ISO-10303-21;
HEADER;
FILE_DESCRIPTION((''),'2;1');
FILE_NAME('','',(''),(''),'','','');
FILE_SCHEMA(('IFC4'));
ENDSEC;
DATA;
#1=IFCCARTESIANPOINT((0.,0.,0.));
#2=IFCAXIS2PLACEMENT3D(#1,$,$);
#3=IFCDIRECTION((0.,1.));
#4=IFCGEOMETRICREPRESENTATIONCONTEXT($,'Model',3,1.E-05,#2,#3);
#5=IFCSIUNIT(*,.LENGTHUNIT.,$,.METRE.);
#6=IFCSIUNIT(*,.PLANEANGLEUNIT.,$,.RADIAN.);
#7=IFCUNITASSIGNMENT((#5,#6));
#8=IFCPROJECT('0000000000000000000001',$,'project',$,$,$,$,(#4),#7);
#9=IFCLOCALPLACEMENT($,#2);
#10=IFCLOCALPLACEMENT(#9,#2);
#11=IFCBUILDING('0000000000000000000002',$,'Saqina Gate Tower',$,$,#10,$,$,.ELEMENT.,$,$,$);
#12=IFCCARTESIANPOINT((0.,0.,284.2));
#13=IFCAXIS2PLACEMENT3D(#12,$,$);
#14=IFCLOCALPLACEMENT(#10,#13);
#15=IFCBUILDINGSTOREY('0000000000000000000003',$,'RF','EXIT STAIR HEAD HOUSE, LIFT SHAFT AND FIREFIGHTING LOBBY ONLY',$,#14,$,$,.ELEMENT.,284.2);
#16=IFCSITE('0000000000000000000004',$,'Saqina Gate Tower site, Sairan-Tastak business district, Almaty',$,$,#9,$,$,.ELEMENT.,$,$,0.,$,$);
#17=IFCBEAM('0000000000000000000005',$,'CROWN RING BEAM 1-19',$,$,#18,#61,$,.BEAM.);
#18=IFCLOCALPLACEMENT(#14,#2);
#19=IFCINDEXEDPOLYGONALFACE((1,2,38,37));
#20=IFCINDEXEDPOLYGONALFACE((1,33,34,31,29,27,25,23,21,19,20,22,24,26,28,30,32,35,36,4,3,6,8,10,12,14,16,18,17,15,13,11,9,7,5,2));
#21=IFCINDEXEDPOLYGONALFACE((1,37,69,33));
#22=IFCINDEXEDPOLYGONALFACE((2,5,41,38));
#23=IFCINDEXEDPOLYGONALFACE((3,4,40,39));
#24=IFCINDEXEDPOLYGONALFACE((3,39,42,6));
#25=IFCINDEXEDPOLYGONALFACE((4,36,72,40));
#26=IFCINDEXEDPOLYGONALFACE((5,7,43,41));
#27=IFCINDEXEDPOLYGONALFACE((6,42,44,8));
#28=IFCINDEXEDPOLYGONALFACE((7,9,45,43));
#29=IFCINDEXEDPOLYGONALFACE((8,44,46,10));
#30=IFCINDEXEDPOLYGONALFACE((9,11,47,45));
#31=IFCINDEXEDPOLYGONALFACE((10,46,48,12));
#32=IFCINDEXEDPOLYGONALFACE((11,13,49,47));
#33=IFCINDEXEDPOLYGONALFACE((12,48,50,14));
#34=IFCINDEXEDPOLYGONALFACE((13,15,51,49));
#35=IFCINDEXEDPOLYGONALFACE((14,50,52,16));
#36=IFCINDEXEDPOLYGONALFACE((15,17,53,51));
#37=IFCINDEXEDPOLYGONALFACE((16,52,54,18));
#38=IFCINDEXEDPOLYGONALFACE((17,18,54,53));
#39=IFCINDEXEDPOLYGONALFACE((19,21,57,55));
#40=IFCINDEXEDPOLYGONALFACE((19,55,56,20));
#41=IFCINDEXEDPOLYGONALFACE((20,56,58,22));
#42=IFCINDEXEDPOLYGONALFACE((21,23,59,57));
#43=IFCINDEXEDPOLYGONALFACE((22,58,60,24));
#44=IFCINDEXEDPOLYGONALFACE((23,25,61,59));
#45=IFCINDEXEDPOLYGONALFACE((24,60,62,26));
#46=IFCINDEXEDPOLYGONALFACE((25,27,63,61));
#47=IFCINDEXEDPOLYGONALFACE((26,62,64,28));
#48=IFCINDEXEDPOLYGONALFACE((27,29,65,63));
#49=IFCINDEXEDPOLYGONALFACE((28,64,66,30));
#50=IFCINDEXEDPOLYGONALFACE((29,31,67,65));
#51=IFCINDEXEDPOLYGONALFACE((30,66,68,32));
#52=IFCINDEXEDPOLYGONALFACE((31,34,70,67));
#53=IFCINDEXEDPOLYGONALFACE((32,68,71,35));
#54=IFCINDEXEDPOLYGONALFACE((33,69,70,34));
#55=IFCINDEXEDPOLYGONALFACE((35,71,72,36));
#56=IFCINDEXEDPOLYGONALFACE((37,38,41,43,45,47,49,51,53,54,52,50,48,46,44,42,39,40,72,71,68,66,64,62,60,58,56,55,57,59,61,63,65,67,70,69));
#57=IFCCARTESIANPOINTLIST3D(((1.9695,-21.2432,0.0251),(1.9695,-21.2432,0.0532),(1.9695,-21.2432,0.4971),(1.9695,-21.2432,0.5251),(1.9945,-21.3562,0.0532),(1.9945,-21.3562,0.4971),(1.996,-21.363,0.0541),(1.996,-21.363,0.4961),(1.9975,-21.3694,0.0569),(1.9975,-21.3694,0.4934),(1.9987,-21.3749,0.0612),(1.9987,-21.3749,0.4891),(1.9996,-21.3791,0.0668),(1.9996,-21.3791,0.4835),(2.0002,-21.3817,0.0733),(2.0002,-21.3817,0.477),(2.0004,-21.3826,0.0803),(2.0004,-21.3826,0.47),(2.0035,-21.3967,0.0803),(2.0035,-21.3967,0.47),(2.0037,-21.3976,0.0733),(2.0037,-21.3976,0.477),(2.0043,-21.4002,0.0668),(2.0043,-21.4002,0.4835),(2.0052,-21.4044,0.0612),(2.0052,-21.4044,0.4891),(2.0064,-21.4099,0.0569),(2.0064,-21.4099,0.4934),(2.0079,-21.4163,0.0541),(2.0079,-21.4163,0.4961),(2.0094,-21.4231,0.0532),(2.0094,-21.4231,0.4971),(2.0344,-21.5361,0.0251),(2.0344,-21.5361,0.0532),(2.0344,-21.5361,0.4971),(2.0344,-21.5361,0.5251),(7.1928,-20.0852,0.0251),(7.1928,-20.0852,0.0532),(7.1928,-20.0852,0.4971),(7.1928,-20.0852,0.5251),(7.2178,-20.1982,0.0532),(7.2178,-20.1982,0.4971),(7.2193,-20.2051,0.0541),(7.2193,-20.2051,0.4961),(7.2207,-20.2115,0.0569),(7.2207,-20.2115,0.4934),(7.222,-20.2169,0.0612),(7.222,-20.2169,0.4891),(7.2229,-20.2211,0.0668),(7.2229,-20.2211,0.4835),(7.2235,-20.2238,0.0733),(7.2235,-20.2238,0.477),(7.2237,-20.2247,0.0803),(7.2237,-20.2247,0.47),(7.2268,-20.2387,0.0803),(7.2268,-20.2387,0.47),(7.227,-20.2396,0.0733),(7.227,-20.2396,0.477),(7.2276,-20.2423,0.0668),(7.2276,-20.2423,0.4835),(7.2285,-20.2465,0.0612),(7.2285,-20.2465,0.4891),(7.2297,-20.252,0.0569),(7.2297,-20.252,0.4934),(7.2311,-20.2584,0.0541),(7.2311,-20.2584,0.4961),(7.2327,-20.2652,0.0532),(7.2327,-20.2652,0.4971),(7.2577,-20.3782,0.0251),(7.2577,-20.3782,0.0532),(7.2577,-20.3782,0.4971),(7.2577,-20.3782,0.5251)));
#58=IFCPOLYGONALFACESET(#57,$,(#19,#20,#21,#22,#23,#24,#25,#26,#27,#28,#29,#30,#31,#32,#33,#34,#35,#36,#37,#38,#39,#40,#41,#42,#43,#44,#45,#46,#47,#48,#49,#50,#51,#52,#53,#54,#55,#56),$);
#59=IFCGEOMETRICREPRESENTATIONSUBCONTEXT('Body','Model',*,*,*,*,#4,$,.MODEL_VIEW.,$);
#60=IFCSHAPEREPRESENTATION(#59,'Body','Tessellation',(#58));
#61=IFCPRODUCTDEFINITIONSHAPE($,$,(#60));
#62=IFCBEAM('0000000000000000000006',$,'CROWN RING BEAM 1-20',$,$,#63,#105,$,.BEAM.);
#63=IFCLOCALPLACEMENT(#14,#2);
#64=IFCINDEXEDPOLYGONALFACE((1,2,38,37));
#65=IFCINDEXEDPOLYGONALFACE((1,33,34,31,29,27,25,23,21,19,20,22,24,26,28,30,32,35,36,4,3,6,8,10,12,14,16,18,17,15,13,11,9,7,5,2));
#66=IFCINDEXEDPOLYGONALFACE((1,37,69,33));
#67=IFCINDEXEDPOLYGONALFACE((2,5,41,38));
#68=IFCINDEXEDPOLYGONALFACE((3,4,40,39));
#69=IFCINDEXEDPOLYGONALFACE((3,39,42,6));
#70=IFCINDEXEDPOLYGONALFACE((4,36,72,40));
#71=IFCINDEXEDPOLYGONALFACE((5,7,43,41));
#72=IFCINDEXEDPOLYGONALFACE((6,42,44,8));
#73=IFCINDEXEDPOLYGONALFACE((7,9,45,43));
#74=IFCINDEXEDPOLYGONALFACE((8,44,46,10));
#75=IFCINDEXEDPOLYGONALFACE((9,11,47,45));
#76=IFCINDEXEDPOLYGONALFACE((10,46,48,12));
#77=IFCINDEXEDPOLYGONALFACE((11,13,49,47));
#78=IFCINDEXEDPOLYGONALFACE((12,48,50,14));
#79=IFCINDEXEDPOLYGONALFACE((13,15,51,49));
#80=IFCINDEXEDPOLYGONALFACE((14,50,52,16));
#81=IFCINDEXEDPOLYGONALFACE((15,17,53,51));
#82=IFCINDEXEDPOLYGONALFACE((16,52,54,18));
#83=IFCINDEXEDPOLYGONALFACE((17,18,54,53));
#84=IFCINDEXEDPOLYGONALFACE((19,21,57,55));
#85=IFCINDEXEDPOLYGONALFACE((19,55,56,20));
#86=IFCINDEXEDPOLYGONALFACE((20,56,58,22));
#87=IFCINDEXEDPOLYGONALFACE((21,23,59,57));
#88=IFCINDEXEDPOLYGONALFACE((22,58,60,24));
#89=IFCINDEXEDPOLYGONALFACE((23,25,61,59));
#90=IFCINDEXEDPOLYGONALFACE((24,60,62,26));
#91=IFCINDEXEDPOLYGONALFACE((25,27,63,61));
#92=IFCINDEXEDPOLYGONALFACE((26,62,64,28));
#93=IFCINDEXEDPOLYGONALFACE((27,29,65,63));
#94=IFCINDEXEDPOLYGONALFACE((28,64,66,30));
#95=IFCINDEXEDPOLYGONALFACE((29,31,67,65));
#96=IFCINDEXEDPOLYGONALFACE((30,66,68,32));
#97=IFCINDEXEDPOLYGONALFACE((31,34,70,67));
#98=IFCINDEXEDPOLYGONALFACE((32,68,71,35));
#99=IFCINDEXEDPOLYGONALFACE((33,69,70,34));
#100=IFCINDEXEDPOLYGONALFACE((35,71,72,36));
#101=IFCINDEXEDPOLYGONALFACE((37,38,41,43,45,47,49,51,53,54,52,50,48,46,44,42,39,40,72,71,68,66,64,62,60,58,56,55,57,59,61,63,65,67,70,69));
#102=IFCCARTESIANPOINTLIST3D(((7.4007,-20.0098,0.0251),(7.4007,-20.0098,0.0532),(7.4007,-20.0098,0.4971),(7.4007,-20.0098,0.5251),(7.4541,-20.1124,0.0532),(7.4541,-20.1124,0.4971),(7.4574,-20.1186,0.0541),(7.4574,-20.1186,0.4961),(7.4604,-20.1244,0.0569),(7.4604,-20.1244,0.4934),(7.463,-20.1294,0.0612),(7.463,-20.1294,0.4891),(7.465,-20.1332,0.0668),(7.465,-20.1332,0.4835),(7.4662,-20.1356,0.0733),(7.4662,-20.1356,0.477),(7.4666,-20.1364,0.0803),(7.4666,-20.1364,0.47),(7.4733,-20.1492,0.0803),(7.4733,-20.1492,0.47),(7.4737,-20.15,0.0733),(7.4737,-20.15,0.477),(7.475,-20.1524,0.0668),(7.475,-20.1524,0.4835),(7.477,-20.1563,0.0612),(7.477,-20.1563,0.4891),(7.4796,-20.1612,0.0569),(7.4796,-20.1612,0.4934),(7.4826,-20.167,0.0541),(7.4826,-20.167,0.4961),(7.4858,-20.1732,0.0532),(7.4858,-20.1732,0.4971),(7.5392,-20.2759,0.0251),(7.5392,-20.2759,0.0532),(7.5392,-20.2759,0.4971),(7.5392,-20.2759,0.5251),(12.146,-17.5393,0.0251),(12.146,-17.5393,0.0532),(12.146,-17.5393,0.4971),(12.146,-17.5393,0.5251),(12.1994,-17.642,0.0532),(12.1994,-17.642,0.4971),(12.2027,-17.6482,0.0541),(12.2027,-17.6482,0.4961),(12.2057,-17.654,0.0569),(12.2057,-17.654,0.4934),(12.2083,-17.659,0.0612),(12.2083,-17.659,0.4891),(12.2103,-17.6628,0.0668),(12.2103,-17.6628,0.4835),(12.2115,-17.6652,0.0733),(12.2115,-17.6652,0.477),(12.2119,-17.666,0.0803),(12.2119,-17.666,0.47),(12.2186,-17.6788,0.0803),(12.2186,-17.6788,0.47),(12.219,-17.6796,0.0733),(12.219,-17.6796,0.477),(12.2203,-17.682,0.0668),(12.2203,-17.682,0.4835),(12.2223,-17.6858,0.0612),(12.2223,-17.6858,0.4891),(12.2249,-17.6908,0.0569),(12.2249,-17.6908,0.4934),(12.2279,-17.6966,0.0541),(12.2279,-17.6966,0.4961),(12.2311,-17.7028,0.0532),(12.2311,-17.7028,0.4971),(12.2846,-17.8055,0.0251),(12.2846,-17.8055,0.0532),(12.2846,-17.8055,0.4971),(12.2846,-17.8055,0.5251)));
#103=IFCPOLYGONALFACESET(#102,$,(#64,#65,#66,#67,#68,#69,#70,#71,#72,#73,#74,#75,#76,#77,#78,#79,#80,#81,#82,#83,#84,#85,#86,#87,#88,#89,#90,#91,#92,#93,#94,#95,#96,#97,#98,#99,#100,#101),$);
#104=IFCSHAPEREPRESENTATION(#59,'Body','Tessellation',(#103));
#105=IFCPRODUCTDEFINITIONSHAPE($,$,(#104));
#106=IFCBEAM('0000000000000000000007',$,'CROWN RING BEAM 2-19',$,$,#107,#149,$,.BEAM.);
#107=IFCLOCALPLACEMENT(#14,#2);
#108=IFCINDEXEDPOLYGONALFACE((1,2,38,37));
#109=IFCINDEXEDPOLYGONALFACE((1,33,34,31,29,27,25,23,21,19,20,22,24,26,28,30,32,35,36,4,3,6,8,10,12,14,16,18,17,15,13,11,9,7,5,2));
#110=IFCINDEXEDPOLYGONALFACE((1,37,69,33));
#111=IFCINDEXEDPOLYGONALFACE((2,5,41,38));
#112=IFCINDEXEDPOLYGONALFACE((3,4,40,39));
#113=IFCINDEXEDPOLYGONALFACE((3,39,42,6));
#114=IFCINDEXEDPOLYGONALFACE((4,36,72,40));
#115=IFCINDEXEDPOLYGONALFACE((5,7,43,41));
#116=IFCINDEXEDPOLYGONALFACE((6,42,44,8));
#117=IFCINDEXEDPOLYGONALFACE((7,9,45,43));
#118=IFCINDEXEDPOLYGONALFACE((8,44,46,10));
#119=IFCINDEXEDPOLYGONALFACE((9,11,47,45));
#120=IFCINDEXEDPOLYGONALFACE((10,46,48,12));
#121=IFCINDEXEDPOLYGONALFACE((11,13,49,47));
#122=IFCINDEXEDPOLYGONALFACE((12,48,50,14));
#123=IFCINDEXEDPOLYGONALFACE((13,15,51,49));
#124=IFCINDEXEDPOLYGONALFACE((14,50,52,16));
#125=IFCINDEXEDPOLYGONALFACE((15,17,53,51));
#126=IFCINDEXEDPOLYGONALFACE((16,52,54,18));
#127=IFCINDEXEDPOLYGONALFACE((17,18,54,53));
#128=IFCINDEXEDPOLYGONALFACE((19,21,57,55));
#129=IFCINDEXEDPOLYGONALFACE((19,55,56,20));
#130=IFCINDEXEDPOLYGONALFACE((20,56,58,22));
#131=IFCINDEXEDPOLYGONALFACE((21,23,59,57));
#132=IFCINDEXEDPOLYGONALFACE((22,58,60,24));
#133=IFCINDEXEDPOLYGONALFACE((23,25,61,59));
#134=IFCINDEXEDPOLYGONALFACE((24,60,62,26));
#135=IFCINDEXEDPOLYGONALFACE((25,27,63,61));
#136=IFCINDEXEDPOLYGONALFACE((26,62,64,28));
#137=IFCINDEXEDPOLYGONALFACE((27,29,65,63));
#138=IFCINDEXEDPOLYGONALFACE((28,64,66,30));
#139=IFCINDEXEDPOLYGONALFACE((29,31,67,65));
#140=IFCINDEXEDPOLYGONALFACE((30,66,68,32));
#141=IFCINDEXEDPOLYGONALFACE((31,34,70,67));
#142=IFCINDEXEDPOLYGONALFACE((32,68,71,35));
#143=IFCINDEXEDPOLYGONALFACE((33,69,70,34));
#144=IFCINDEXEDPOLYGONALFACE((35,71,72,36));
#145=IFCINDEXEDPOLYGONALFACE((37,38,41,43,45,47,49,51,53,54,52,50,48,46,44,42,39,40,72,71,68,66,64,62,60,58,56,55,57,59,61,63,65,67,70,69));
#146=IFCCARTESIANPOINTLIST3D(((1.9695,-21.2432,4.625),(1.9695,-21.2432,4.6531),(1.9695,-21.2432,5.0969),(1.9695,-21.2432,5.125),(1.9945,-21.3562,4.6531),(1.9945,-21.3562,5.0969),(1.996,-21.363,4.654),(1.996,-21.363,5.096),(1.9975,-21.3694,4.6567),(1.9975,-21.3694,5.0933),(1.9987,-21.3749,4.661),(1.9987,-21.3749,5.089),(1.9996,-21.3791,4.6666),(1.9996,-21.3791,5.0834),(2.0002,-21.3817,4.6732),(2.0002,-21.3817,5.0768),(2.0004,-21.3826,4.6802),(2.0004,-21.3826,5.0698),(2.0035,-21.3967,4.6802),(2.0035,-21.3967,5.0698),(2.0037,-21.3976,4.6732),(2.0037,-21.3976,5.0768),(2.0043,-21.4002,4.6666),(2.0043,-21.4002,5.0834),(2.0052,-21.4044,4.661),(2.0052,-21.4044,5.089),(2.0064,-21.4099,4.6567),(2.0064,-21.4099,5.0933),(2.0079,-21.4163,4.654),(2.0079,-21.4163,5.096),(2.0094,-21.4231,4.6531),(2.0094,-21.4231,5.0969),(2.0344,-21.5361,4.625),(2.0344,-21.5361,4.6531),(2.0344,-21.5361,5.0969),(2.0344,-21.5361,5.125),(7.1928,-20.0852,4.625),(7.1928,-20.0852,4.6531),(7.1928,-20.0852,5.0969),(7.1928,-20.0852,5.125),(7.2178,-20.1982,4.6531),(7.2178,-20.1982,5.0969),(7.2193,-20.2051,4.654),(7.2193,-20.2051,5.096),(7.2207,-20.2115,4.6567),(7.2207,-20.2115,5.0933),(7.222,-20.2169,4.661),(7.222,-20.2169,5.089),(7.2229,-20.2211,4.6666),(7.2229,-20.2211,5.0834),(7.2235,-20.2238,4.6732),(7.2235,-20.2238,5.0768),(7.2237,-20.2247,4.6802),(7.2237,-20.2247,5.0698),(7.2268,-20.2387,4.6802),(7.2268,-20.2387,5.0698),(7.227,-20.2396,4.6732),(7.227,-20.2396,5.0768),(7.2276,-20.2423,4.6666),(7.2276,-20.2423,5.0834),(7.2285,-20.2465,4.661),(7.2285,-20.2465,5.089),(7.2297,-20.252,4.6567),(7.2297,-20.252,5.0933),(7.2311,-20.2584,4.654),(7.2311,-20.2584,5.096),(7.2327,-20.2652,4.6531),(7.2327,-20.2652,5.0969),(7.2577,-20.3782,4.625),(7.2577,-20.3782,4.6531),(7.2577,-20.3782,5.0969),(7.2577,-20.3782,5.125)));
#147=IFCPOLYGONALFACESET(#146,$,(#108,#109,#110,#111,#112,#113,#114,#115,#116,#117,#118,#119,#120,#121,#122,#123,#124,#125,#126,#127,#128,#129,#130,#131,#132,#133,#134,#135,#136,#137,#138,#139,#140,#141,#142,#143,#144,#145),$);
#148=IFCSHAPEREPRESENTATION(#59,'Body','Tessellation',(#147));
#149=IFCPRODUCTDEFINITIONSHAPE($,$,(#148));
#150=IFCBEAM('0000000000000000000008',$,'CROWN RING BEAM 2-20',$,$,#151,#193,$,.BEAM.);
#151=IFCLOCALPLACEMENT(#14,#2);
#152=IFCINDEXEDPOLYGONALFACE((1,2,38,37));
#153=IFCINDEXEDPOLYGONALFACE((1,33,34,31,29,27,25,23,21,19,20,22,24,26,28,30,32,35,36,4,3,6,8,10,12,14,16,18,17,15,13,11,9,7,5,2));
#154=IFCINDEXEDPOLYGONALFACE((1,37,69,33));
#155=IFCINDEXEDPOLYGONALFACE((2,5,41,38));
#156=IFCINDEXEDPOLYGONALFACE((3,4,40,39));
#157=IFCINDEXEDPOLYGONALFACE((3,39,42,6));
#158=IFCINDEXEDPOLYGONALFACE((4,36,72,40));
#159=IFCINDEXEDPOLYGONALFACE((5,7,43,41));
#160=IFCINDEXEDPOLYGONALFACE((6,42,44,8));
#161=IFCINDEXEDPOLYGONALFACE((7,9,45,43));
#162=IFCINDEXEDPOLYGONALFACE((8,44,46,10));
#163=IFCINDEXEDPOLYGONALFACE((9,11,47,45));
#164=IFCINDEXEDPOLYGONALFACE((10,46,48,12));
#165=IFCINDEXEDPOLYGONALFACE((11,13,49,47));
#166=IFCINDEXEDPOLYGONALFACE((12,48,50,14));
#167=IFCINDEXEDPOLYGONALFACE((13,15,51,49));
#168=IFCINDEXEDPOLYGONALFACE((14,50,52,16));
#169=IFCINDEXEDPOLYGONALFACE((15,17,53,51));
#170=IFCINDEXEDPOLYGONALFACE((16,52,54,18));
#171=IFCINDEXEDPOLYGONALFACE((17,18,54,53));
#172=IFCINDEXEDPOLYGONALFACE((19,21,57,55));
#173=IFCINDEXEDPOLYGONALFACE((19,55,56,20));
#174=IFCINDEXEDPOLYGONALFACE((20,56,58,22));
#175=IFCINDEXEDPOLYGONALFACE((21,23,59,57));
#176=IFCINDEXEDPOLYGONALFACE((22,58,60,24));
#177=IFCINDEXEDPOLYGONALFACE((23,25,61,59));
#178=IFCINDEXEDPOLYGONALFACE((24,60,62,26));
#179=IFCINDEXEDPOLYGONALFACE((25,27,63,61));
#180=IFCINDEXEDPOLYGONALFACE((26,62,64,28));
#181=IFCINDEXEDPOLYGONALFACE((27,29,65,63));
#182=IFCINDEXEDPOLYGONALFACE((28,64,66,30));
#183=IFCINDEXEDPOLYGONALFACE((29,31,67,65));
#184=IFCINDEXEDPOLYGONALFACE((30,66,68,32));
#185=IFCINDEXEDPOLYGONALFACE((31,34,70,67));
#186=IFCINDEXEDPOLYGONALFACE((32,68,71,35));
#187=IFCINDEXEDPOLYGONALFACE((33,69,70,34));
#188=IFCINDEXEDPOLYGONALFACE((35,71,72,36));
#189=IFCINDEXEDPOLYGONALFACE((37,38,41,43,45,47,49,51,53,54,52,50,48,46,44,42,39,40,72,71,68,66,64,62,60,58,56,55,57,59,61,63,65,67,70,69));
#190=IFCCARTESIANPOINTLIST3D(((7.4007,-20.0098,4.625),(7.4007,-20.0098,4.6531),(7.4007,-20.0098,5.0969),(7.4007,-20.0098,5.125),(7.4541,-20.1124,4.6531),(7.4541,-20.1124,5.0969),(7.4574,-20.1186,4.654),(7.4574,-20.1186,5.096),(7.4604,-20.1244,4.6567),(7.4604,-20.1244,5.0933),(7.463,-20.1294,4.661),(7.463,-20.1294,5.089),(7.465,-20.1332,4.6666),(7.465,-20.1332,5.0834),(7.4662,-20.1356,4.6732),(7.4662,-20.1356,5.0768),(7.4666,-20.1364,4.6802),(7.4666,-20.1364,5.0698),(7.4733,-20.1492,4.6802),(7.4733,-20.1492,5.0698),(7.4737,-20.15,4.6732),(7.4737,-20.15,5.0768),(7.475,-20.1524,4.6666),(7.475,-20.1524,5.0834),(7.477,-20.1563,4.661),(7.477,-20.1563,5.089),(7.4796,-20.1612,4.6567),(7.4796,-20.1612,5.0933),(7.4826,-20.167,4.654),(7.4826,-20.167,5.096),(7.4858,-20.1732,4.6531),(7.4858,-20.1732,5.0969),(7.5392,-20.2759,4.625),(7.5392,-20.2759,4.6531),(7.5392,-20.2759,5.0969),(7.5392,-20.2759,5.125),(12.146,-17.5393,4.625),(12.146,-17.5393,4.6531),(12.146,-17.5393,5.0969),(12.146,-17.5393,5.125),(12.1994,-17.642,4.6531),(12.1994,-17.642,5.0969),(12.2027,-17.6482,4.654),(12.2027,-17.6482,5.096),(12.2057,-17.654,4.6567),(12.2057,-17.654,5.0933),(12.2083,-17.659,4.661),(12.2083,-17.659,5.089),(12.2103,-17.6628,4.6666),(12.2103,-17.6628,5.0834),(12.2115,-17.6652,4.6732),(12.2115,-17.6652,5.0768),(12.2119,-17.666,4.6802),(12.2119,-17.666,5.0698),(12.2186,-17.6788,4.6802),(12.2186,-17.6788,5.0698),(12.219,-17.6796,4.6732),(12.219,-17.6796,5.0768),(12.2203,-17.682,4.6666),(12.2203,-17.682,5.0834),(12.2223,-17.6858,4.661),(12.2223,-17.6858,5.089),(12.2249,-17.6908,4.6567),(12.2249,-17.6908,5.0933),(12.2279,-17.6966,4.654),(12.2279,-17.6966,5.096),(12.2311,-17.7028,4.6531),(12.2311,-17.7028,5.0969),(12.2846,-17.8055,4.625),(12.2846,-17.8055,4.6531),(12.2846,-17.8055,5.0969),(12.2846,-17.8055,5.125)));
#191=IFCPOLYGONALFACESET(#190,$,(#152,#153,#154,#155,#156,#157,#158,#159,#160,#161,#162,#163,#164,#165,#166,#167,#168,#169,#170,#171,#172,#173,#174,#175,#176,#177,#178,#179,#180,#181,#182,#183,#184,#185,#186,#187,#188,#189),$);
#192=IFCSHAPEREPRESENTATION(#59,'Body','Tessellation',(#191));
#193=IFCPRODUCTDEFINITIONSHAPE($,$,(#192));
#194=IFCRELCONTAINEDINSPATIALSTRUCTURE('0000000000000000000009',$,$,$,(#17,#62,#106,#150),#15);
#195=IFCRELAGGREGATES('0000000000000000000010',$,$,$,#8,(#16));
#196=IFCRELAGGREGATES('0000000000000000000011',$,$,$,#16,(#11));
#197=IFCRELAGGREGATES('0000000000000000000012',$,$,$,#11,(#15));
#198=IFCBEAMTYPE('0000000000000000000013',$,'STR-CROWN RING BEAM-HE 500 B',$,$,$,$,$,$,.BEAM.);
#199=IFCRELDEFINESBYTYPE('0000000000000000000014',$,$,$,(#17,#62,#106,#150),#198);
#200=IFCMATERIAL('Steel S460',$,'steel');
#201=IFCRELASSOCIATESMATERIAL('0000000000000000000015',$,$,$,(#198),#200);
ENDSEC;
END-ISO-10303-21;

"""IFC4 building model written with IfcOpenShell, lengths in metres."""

from ifc_helpers import new_model, si_unit, direction, frame, origin, origin_2d, place, context, subcontext, project, spatial, i_section, extrude, material, material_profile, profile_set, type_object, element, save


model = new_model("IFC4")

# Units and contexts
model_context = context("Model", 3, precision=1e-05, world=origin(), true_north=direction((0.0, 1.0)))
body_context = subcontext(model_context, "Body", "Model", "MODEL_VIEW")
ifc_project = project(units=[si_unit("LENGTHUNIT", "METRE"), si_unit("PLANEANGLEUNIT", "RADIAN")], contexts=[model_context])

# Site, building, storey
site_placement = place(None, origin())
site = spatial("IfcSite", under=ifc_project, at=site_placement, Name="Saqina Gate Tower site, Sairan-Tastak business district, Almaty", CompositionType="ELEMENT", RefElevation=0.0)
building_placement = place(site_placement, origin())
building = spatial("IfcBuilding", under=site, at=building_placement, Name="Saqina Gate Tower", CompositionType="ELEMENT")
storey_placement = place(building_placement, frame((0.0, 0.0, 284.2)))
storey = spatial("IfcBuildingStorey", under=building, at=storey_placement, Name="RF", Description="EXIT STAIR HEAD HOUSE, LIFT SHAFT AND FIREFIGHTING LOBBY ONLY", CompositionType="ELEMENT", Elevation=284.2)

# Beams
ifc_material_1 = material(Name="Steel S460", Category="steel")
ifc_material_profile_1 = material_profile(ifc_material_1, i_section(OverallWidth=0.3, OverallDepth=0.5, WebThickness=0.0144, FlangeThickness=0.0281, FilletRadius=0.0271, at=origin_2d()), Name="HE 500 B")
ifc_profile_set_1 = profile_set([ifc_material_profile_1], Name="Steel S460")
beam_type_1 = type_object("IfcBeamType", Name="STR-CROWN RING BEAM-HE 500 B", PredefinedType="BEAM", material=ifc_profile_set_1)
beam_1_placement = place(storey_placement, frame((2.002, -21.3896, 0.2751), z_axis=(0.976298, 0.216433, 0.0), x_axis=(-0.216433, 0.976298, 0.0)))
element("IfcBeam", 1, at=beam_1_placement, inside=storey, type_object=beam_type_1, Name="CROWN RING BEAM 1-19", PredefinedType="BEAM", context=body_context, shape_type="SweptSolid", body=[
    extrude(i_section(OverallWidth=0.3, OverallDepth=0.5, WebThickness=0.0144, FlangeThickness=0.0281, FilletRadius=0.0271, at=origin_2d()), origin(), (0.0, 0.0, 1.0), 5.3501),
])
beam_2_placement = place(storey_placement, frame((7.47, -20.1428, 0.2751), z_axis=(0.886997, 0.461775, 0.0), x_axis=(-0.461775, 0.886997, 0.0)))
element("IfcBeam", 2, at=beam_2_placement, inside=storey, type_object=beam_type_1, Name="CROWN RING BEAM 1-20", PredefinedType="BEAM", context=body_context, shape_type="SweptSolid", body=[
    extrude(i_section(OverallWidth=0.3, OverallDepth=0.5, WebThickness=0.0144, FlangeThickness=0.0281, FilletRadius=0.0271, at=origin_2d()), origin(), (0.0, 0.0, 1.0), 5.3499),
])
beam_3_placement = place(storey_placement, frame((2.002, -21.3896, 4.875), z_axis=(0.976298, 0.216433, 0.0), x_axis=(-0.216433, 0.976298, 0.0)))
element("IfcBeam", 3, at=beam_3_placement, inside=storey, type_object=beam_type_1, Name="CROWN RING BEAM 2-19", PredefinedType="BEAM", context=body_context, shape_type="SweptSolid", body=[
    extrude(i_section(OverallWidth=0.3, OverallDepth=0.5, WebThickness=0.0144, FlangeThickness=0.0281, FilletRadius=0.0271, at=origin_2d()), origin(), (0.0, 0.0, 1.0), 5.3501),
])
beam_4_placement = place(storey_placement, frame((7.47, -20.1428, 4.875), z_axis=(0.886997, 0.461775, 0.0), x_axis=(-0.461775, 0.886997, 0.0)))
element("IfcBeam", 4, at=beam_4_placement, inside=storey, type_object=beam_type_1, Name="CROWN RING BEAM 2-20", PredefinedType="BEAM", context=body_context, shape_type="SweptSolid", body=[
    extrude(i_section(OverallWidth=0.3, OverallDepth=0.5, WebThickness=0.0144, FlangeThickness=0.0281, FilletRadius=0.0271, at=origin_2d()), origin(), (0.0, 0.0, 1.0), 5.3499),
])

save(model, "model.ifc")
